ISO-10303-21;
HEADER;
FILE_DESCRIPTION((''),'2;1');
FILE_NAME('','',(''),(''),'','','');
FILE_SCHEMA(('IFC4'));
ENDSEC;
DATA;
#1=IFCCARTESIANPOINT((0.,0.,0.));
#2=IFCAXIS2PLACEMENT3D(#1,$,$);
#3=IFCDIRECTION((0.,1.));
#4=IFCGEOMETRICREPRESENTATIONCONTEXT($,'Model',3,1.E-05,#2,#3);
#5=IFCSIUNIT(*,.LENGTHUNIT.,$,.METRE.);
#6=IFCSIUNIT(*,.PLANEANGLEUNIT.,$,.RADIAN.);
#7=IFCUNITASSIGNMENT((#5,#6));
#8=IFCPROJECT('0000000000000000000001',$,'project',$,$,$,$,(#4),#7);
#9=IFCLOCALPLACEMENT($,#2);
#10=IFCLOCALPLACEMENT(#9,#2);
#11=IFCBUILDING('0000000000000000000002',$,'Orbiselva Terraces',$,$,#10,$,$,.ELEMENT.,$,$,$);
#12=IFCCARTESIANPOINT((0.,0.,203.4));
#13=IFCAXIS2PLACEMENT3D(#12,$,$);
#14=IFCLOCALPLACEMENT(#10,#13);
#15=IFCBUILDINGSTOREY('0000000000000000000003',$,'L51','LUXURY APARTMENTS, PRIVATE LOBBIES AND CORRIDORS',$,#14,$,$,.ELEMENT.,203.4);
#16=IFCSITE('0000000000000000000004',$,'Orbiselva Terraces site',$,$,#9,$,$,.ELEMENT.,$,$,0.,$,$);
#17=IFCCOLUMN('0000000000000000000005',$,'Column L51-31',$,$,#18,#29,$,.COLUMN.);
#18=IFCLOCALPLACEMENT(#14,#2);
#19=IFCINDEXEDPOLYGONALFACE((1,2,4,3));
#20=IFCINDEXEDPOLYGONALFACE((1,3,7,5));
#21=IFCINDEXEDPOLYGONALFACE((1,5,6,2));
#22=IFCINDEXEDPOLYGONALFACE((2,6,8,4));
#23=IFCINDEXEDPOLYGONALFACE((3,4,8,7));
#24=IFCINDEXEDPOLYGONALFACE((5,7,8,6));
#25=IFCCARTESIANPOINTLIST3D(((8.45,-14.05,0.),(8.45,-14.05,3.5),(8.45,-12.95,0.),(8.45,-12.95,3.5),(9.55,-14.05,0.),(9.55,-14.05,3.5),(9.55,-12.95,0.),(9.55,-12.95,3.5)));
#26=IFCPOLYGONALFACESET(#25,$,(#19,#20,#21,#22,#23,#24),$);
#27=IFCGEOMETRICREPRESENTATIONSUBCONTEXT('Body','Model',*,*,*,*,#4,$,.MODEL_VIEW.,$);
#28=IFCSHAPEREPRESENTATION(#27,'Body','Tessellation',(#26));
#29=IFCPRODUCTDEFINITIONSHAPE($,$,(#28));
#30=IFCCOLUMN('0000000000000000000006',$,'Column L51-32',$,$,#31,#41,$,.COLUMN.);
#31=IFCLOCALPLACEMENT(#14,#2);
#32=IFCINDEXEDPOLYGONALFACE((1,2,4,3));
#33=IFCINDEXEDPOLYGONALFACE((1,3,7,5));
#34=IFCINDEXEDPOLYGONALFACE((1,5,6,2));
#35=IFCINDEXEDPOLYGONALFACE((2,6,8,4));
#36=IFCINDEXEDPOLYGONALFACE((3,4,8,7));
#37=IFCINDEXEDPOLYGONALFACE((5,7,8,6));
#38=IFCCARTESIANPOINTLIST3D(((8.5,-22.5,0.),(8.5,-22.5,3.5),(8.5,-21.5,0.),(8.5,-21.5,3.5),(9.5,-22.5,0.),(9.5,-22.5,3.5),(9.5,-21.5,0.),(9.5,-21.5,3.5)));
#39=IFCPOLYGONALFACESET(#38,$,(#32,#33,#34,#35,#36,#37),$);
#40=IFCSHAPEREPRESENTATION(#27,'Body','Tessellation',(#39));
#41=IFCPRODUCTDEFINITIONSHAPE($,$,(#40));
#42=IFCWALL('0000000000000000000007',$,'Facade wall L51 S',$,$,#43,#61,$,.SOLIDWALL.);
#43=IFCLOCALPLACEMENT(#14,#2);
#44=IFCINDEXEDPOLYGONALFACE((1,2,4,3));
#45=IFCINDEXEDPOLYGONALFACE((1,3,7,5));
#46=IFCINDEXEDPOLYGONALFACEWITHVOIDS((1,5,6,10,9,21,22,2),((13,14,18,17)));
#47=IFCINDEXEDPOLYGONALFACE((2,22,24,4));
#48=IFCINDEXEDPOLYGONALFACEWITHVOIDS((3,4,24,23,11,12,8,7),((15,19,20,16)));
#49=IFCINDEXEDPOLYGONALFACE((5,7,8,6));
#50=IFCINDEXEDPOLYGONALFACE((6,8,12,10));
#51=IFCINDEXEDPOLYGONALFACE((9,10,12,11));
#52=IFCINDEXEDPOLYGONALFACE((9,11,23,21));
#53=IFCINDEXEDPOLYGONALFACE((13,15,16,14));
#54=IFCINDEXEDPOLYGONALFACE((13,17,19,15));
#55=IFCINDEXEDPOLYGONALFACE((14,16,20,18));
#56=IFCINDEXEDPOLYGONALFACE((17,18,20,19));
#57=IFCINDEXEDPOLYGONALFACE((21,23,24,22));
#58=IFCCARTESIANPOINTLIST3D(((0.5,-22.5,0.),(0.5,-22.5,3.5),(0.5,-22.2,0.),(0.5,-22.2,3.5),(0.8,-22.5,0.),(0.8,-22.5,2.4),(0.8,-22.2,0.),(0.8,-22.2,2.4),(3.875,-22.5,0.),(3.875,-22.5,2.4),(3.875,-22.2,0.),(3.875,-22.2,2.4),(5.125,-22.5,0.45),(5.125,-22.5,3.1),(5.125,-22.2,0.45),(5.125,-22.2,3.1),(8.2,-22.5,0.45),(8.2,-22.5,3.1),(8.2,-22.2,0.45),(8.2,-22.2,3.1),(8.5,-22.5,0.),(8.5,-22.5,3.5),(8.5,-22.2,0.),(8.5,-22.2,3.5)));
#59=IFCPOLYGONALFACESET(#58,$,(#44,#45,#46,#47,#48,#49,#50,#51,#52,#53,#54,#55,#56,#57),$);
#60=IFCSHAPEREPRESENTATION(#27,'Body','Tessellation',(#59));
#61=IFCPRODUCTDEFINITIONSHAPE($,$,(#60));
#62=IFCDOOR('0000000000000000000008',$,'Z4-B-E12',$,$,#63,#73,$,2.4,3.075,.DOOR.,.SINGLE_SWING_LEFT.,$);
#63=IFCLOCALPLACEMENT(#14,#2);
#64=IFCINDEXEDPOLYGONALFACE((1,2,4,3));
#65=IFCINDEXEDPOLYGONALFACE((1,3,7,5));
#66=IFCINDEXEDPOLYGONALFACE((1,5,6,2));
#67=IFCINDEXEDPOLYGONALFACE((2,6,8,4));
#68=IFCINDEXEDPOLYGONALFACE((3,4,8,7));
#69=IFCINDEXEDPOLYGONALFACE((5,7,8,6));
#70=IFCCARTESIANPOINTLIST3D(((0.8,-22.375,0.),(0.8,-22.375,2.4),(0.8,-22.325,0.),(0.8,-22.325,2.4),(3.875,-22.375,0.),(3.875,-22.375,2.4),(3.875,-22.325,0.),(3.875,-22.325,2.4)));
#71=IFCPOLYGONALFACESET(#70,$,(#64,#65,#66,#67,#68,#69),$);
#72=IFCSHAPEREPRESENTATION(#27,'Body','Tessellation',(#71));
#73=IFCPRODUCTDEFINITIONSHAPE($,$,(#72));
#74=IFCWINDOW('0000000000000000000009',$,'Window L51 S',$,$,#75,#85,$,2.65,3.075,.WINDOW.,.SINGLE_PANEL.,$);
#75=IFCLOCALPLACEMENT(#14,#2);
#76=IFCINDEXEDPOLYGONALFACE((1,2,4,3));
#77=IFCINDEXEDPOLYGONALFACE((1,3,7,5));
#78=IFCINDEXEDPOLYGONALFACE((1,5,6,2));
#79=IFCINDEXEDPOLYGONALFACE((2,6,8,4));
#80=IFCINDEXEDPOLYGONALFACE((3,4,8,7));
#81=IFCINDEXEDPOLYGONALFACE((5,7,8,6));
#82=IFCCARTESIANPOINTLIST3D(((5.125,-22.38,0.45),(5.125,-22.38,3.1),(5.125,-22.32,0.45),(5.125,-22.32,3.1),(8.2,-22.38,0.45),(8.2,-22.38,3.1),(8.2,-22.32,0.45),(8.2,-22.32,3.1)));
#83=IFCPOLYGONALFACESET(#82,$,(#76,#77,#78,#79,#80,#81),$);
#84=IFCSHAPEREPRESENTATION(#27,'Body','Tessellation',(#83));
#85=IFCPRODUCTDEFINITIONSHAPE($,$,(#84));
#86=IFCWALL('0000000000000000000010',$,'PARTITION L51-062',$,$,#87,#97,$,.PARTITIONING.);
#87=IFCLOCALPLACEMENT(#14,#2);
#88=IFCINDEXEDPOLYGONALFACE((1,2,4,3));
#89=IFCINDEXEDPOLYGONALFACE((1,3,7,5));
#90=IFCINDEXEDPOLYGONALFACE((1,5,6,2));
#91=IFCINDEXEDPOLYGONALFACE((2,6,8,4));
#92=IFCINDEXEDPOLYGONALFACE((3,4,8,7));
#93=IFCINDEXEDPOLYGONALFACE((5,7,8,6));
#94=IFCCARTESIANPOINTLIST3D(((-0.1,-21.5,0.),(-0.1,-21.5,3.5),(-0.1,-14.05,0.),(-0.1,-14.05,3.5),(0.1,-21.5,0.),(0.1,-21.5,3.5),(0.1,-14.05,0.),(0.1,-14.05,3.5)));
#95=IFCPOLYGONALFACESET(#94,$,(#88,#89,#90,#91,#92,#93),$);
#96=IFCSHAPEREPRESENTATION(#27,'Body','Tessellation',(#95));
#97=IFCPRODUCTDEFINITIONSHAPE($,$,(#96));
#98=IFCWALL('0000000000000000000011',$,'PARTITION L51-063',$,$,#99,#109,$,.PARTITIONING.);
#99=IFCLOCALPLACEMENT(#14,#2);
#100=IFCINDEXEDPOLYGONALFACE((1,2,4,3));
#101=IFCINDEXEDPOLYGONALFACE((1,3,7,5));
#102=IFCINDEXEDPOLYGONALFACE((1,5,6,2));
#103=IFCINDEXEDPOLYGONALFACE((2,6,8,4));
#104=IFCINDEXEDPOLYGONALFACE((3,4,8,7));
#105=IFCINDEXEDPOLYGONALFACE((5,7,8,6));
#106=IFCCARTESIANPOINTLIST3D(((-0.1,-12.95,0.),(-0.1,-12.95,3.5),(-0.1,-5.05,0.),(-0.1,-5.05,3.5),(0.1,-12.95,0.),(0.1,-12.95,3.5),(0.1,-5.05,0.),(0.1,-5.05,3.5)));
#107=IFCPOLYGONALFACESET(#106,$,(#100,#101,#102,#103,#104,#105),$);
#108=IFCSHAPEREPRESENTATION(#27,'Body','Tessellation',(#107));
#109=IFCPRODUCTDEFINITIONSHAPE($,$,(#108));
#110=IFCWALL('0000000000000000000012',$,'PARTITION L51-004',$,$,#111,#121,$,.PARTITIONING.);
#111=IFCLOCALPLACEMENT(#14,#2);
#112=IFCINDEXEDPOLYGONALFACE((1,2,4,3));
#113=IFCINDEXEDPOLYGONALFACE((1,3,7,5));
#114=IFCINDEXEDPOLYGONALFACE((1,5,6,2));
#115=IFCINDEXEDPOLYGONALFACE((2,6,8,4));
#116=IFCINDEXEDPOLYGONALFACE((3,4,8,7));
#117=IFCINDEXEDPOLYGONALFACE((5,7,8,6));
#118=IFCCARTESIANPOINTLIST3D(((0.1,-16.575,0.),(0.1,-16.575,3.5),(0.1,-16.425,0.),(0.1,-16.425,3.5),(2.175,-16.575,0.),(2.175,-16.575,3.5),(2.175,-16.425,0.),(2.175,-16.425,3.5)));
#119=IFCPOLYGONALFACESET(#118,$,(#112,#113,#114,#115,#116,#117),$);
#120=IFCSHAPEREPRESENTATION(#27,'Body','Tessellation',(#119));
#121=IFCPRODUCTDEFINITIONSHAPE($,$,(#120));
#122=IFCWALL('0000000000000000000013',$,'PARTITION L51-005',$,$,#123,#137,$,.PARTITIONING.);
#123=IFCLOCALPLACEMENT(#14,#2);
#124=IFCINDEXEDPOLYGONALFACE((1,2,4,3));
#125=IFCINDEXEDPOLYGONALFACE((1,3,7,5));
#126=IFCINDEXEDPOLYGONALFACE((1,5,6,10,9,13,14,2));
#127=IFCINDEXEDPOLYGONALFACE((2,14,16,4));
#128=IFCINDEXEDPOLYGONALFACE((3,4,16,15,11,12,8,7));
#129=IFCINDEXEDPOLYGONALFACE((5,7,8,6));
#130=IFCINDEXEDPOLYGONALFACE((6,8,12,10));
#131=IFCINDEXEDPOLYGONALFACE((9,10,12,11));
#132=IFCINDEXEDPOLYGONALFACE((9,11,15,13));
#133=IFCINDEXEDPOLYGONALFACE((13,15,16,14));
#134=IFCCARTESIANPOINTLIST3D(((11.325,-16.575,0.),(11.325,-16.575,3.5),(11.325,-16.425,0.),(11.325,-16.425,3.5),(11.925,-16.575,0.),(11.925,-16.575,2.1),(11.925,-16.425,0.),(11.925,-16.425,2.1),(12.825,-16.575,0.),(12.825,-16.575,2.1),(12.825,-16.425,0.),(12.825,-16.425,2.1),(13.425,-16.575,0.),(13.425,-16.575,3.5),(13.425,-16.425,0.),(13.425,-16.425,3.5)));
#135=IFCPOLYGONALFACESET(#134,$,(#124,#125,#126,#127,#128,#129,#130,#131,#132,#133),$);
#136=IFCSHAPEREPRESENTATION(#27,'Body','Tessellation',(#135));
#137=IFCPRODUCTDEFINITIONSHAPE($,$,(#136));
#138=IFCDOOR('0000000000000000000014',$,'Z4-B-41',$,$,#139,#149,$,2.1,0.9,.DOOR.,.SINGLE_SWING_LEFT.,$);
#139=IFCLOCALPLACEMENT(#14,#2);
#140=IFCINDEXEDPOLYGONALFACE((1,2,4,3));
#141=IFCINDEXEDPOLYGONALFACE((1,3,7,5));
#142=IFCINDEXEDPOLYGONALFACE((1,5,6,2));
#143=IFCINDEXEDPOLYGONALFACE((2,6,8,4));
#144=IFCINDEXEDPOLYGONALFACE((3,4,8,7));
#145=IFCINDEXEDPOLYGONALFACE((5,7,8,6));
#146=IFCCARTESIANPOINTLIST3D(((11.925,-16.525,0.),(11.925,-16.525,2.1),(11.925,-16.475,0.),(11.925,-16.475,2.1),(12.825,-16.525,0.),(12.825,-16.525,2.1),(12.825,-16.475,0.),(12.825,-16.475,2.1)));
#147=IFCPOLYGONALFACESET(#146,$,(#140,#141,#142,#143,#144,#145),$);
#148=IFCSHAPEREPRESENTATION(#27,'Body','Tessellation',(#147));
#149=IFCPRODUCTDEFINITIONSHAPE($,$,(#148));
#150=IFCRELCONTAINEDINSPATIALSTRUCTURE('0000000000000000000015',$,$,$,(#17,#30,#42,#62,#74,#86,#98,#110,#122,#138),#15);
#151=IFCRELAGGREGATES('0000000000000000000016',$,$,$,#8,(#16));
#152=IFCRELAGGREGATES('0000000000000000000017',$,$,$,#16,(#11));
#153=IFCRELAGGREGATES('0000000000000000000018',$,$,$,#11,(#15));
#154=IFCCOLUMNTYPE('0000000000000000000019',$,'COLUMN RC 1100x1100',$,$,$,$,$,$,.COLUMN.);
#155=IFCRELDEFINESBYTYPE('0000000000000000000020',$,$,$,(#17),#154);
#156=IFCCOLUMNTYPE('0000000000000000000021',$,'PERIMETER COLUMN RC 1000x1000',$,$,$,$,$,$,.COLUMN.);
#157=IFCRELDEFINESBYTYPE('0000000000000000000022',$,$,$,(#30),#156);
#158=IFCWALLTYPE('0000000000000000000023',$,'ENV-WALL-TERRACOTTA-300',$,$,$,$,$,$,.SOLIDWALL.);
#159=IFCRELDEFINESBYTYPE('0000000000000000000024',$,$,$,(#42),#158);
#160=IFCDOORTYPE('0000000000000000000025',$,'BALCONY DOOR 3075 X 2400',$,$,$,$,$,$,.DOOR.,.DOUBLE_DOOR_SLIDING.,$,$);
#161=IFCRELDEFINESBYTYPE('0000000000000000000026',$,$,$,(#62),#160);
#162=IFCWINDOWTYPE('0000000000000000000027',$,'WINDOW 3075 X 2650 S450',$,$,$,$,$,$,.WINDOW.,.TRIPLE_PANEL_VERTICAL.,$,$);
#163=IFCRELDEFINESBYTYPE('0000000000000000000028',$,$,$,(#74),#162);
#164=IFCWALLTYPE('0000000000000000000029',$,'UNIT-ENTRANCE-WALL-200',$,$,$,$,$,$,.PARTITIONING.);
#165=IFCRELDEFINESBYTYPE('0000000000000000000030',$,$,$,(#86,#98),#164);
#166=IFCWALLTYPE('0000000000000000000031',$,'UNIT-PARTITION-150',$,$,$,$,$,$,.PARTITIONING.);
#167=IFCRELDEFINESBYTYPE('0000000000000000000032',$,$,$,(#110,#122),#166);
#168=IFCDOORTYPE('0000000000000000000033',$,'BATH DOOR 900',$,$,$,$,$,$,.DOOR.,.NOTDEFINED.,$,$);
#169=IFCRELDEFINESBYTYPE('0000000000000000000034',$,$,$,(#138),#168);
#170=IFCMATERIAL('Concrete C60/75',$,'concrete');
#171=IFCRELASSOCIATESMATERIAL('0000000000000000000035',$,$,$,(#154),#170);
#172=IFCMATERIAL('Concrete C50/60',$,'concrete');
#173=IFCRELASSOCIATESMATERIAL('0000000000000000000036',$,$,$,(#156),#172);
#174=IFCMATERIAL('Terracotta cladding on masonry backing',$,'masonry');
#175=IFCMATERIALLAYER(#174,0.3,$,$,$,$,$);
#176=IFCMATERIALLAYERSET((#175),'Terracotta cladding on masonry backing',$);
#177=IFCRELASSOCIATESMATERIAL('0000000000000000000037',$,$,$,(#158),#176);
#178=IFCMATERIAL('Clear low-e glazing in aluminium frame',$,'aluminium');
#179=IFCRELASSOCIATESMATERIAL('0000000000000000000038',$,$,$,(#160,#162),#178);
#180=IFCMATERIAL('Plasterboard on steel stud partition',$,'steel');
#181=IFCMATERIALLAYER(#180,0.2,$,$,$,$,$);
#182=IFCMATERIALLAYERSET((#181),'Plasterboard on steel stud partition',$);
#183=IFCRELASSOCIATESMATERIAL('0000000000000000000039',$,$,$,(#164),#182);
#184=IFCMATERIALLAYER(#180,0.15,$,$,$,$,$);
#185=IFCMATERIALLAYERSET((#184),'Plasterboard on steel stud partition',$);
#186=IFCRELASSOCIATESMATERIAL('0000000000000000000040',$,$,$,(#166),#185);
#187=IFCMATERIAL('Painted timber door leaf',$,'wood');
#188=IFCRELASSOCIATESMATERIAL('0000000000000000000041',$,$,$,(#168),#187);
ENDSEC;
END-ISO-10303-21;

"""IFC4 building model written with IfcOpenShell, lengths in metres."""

from ifc_helpers import new_model, si_unit, direction, frame, frame_2d, origin, origin_2d, place, context, subcontext, project, spatial, rectangle, extrude, material, layer, layer_set, material_profile, profile_set, type_object, element, fill, save


model = new_model("IFC4")

# Units and contexts
model_context = context("Model", 3, precision=1e-05, world=origin(), true_north=direction((0.0, 1.0)))
body_context = subcontext(model_context, "Body", "Model", "MODEL_VIEW")
ifc_project = project(units=[si_unit("LENGTHUNIT", "METRE"), si_unit("PLANEANGLEUNIT", "RADIAN")], contexts=[model_context])

# Site, building, storey
site_placement = place(None, origin())
site = spatial("IfcSite", under=ifc_project, at=site_placement, Name="Orbiselva Terraces site", CompositionType="ELEMENT", RefElevation=0.0)
building_placement = place(site_placement, origin())
building = spatial("IfcBuilding", under=site, at=building_placement, Name="Orbiselva Terraces", CompositionType="ELEMENT")
storey_placement = place(building_placement, frame((0.0, 0.0, 203.4)))
storey = spatial("IfcBuildingStorey", under=building, at=storey_placement, Name="L51", Description="LUXURY APARTMENTS, PRIVATE LOBBIES AND CORRIDORS", CompositionType="ELEMENT", Elevation=203.4)

# Columns
ifc_material_1 = material(Name="Concrete C60/75", Category="concrete")
ifc_material_profile_1 = material_profile(ifc_material_1, rectangle(XDim=1.1, YDim=1.1, at=origin_2d()), Name="RC 1100x1100")
ifc_profile_set_1 = profile_set([ifc_material_profile_1], Name="Concrete C60/75")
column_type_1 = type_object("IfcColumnType", Name="COLUMN RC 1100x1100", PredefinedType="COLUMN", material=ifc_profile_set_1)
column_1_placement = place(storey_placement, frame((9.0, -13.5, 0.0), z_axis=(0.0, 0.0, 1.0), x_axis=(1.0, 0.0, 0.0)))
element("IfcColumn", 1, at=column_1_placement, inside=storey, type_object=column_type_1, Name="Column L51-31", PredefinedType="COLUMN", context=body_context, shape_type="SweptSolid", body=[
    extrude(rectangle(XDim=1.1, YDim=1.1, at=origin_2d()), origin(), (0.0, 0.0, 1.0), 3.5),
])
ifc_material_2 = material(Name="Concrete C50/60", Category="concrete")
ifc_material_profile_2 = material_profile(ifc_material_2, rectangle(XDim=1.0, YDim=1.0, at=origin_2d()), Name="RC 1000x1000")
ifc_profile_set_2 = profile_set([ifc_material_profile_2], Name="Concrete C50/60")
column_type_2 = type_object("IfcColumnType", Name="PERIMETER COLUMN RC 1000x1000", PredefinedType="COLUMN", material=ifc_profile_set_2)
column_2_placement = place(storey_placement, frame((9.0, -22.0, 0.0), z_axis=(0.0, 0.0, 1.0), x_axis=(1.0, 0.0, 0.0)))
element("IfcColumn", 2, at=column_2_placement, inside=storey, type_object=column_type_2, Name="Column L51-32", PredefinedType="COLUMN", context=body_context, shape_type="SweptSolid", body=[
    extrude(rectangle(XDim=1.0, YDim=1.0, at=origin_2d()), origin(), (0.0, 0.0, 1.0), 3.5),
])

# Wall, openings, door, window
ifc_material_3 = material(Name="Terracotta cladding on masonry backing", Category="masonry")
ifc_layer_1 = layer(ifc_material_3, 0.3)
ifc_layer_set_1 = layer_set([ifc_layer_1], Name="Terracotta cladding on masonry backing")
wall_type_1 = type_object("IfcWallType", Name="ENV-WALL-TERRACOTTA-300", PredefinedType="SOLIDWALL", material=ifc_layer_set_1)
wall_1_placement = place(storey_placement, frame((8.5, -22.35, 0.0), z_axis=(0.0, 0.0, 1.0), x_axis=(-1.0, 0.0, 0.0)))
wall_1 = element("IfcWall", 3, at=wall_1_placement, inside=storey, type_object=wall_type_1, Name="Facade wall L51 S", PredefinedType="SOLIDWALL", context=body_context, shape_type="SweptSolid", body=[
    extrude(rectangle(XDim=8.0, YDim=0.3, at=frame_2d((4.0, 0.0))), origin(), (0.0, 0.0, 1.0), 3.5),
])
opening_1_placement = place(wall_1_placement, frame((4.625, 0.0, 0.0)))
opening_1 = element("IfcOpeningElement", 4, at=opening_1_placement, cuts=wall_1, PredefinedType="OPENING", context=body_context, shape_type="SweptSolid", body=[
    extrude(rectangle(XDim=3.075, YDim=2.4, at=frame_2d((1.5375, 1.2))), frame((0.0, 0.16, 0.0), z_axis=(0.0, -1.0, 0.0), x_axis=(1.0, 0.0, 0.0)), (0.0, 0.0, 1.0), 0.32),
])
opening_2_placement = place(wall_1_placement, frame((0.3, 0.0, 0.45)))
opening_2 = element("IfcOpeningElement", 5, at=opening_2_placement, cuts=wall_1, PredefinedType="OPENING", context=body_context, shape_type="SweptSolid", body=[
    extrude(rectangle(XDim=3.075, YDim=2.65, at=frame_2d((1.5375, 1.325))), frame((0.0, 0.16, 0.0), z_axis=(0.0, -1.0, 0.0), x_axis=(1.0, 0.0, 0.0)), (0.0, 0.0, 1.0), 0.32),
])
ifc_material_4 = material(Name="Clear low-e glazing in aluminium frame", Category="aluminium")
door_type_1 = type_object("IfcDoorType", Name="BALCONY DOOR 3075 X 2400", OperationType="DOUBLE_DOOR_SLIDING", PredefinedType="DOOR", material=ifc_material_4)
door_1_placement = place(opening_1_placement, origin())
door_1 = element("IfcDoor", 6, at=door_1_placement, inside=storey, type_object=door_type_1, Name="Z4-B-E12", OperationType="SINGLE_SWING_LEFT", OverallHeight=2.4, OverallWidth=3.075, PredefinedType="DOOR", context=body_context, shape_type="SweptSolid", body=[
    extrude(rectangle(XDim=3.075, YDim=2.4, at=frame_2d((1.5375, 1.2))), frame((0.0, 0.025, 0.0), z_axis=(0.0, -1.0, 0.0), x_axis=(1.0, 0.0, 0.0)), (0.0, 0.0, 1.0), 0.05),
])
fill(opening_1, door_1)
window_type = type_object("IfcWindowType", Name="WINDOW 3075 X 2650 S450", PartitioningType="TRIPLE_PANEL_VERTICAL", PredefinedType="WINDOW", material=ifc_material_4)
window_placement = place(opening_2_placement, origin())
window = element("IfcWindow", 7, at=window_placement, inside=storey, type_object=window_type, Name="Window L51 S", OverallHeight=2.65, OverallWidth=3.075, PartitioningType="SINGLE_PANEL", PredefinedType="WINDOW", context=body_context, shape_type="SweptSolid", body=[
    extrude(rectangle(XDim=3.075, YDim=2.65, at=frame_2d((1.5375, 1.325))), frame((0.0, 0.03, 0.0), z_axis=(0.0, -1.0, 0.0), x_axis=(1.0, 0.0, 0.0)), (0.0, 0.0, 1.0), 0.06),
])
fill(opening_2, window)

# Walls
ifc_material_5 = material(Name="Plasterboard on steel stud partition", Category="steel")
ifc_layer_2 = layer(ifc_material_5, 0.2)
ifc_layer_set_2 = layer_set([ifc_layer_2], Name="Plasterboard on steel stud partition")
wall_type_2 = type_object("IfcWallType", Name="UNIT-ENTRANCE-WALL-200", PredefinedType="PARTITIONING", material=ifc_layer_set_2)
wall_2_placement = place(storey_placement, frame((0.0, -21.5, 0.0), z_axis=(0.0, 0.0, 1.0), x_axis=(0.0, 1.0, 0.0)))
element("IfcWall", 8, at=wall_2_placement, inside=storey, type_object=wall_type_2, Name="PARTITION L51-062", PredefinedType="PARTITIONING", context=body_context, shape_type="SweptSolid", body=[
    extrude(rectangle(XDim=7.45, YDim=0.2, at=frame_2d((3.725, 0.0))), origin(), (0.0, 0.0, 1.0), 3.5),
])
wall_3_placement = place(storey_placement, frame((0.0, -12.95, 0.0), z_axis=(0.0, 0.0, 1.0), x_axis=(0.0, 1.0, 0.0)))
element("IfcWall", 9, at=wall_3_placement, inside=storey, type_object=wall_type_2, Name="PARTITION L51-063", PredefinedType="PARTITIONING", context=body_context, shape_type="SweptSolid", body=[
    extrude(rectangle(XDim=7.9, YDim=0.2, at=frame_2d((3.95, 0.0))), origin(), (0.0, 0.0, 1.0), 3.5),
])
ifc_layer_3 = layer(ifc_material_5, 0.15)
ifc_layer_set_3 = layer_set([ifc_layer_3], Name="Plasterboard on steel stud partition")
wall_type_3 = type_object("IfcWallType", Name="UNIT-PARTITION-150", PredefinedType="PARTITIONING", material=ifc_layer_set_3)
wall_4_placement = place(storey_placement, frame((0.1, -16.5, 0.0), z_axis=(0.0, 0.0, 1.0), x_axis=(1.0, 0.0, 0.0)))
element("IfcWall", 10, at=wall_4_placement, inside=storey, type_object=wall_type_3, Name="PARTITION L51-004", PredefinedType="PARTITIONING", context=body_context, shape_type="SweptSolid", body=[
    extrude(rectangle(XDim=2.075, YDim=0.15, at=frame_2d((1.0375, 0.0))), origin(), (0.0, 0.0, 1.0), 3.5),
])

# Wall, opening, door
wall_5_placement = place(storey_placement, frame((11.325, -16.5, 0.0), z_axis=(0.0, 0.0, 1.0), x_axis=(1.0, 0.0, 0.0)))
wall_5 = element("IfcWall", 11, at=wall_5_placement, inside=storey, type_object=wall_type_3, Name="PARTITION L51-005", PredefinedType="PARTITIONING", context=body_context, shape_type="SweptSolid", body=[
    extrude(rectangle(XDim=2.1, YDim=0.15, at=frame_2d((1.05, 0.0))), origin(), (0.0, 0.0, 1.0), 3.5),
])
opening_3_placement = place(wall_5_placement, frame((0.6, 0.0, 0.0)))
opening_3 = element("IfcOpeningElement", 12, at=opening_3_placement, cuts=wall_5, PredefinedType="OPENING", context=body_context, shape_type="SweptSolid", body=[
    extrude(rectangle(XDim=0.9, YDim=2.1, at=frame_2d((0.45, 1.05))), frame((0.0, 0.085, 0.0), z_axis=(0.0, -1.0, 0.0), x_axis=(1.0, 0.0, 0.0)), (0.0, 0.0, 1.0), 0.17),
])
ifc_material_6 = material(Name="Painted timber door leaf", Category="wood")
door_type_2 = type_object("IfcDoorType", Name="BATH DOOR 900", OperationType="NOTDEFINED", PredefinedType="DOOR", material=ifc_material_6)
door_2_placement = place(opening_3_placement, origin())
door_2 = element("IfcDoor", 13, at=door_2_placement, inside=storey, type_object=door_type_2, Name="Z4-B-41", OperationType="SINGLE_SWING_LEFT", OverallHeight=2.1, OverallWidth=0.9, PredefinedType="DOOR", context=body_context, shape_type="SweptSolid", body=[
    extrude(rectangle(XDim=0.9, YDim=2.1, at=frame_2d((0.45, 1.05))), frame((0.0, 0.025, 0.0), z_axis=(0.0, -1.0, 0.0), x_axis=(1.0, 0.0, 0.0)), (0.0, 0.0, 1.0), 0.05),
])
fill(opening_3, door_2)

save(model, "model.ifc")
